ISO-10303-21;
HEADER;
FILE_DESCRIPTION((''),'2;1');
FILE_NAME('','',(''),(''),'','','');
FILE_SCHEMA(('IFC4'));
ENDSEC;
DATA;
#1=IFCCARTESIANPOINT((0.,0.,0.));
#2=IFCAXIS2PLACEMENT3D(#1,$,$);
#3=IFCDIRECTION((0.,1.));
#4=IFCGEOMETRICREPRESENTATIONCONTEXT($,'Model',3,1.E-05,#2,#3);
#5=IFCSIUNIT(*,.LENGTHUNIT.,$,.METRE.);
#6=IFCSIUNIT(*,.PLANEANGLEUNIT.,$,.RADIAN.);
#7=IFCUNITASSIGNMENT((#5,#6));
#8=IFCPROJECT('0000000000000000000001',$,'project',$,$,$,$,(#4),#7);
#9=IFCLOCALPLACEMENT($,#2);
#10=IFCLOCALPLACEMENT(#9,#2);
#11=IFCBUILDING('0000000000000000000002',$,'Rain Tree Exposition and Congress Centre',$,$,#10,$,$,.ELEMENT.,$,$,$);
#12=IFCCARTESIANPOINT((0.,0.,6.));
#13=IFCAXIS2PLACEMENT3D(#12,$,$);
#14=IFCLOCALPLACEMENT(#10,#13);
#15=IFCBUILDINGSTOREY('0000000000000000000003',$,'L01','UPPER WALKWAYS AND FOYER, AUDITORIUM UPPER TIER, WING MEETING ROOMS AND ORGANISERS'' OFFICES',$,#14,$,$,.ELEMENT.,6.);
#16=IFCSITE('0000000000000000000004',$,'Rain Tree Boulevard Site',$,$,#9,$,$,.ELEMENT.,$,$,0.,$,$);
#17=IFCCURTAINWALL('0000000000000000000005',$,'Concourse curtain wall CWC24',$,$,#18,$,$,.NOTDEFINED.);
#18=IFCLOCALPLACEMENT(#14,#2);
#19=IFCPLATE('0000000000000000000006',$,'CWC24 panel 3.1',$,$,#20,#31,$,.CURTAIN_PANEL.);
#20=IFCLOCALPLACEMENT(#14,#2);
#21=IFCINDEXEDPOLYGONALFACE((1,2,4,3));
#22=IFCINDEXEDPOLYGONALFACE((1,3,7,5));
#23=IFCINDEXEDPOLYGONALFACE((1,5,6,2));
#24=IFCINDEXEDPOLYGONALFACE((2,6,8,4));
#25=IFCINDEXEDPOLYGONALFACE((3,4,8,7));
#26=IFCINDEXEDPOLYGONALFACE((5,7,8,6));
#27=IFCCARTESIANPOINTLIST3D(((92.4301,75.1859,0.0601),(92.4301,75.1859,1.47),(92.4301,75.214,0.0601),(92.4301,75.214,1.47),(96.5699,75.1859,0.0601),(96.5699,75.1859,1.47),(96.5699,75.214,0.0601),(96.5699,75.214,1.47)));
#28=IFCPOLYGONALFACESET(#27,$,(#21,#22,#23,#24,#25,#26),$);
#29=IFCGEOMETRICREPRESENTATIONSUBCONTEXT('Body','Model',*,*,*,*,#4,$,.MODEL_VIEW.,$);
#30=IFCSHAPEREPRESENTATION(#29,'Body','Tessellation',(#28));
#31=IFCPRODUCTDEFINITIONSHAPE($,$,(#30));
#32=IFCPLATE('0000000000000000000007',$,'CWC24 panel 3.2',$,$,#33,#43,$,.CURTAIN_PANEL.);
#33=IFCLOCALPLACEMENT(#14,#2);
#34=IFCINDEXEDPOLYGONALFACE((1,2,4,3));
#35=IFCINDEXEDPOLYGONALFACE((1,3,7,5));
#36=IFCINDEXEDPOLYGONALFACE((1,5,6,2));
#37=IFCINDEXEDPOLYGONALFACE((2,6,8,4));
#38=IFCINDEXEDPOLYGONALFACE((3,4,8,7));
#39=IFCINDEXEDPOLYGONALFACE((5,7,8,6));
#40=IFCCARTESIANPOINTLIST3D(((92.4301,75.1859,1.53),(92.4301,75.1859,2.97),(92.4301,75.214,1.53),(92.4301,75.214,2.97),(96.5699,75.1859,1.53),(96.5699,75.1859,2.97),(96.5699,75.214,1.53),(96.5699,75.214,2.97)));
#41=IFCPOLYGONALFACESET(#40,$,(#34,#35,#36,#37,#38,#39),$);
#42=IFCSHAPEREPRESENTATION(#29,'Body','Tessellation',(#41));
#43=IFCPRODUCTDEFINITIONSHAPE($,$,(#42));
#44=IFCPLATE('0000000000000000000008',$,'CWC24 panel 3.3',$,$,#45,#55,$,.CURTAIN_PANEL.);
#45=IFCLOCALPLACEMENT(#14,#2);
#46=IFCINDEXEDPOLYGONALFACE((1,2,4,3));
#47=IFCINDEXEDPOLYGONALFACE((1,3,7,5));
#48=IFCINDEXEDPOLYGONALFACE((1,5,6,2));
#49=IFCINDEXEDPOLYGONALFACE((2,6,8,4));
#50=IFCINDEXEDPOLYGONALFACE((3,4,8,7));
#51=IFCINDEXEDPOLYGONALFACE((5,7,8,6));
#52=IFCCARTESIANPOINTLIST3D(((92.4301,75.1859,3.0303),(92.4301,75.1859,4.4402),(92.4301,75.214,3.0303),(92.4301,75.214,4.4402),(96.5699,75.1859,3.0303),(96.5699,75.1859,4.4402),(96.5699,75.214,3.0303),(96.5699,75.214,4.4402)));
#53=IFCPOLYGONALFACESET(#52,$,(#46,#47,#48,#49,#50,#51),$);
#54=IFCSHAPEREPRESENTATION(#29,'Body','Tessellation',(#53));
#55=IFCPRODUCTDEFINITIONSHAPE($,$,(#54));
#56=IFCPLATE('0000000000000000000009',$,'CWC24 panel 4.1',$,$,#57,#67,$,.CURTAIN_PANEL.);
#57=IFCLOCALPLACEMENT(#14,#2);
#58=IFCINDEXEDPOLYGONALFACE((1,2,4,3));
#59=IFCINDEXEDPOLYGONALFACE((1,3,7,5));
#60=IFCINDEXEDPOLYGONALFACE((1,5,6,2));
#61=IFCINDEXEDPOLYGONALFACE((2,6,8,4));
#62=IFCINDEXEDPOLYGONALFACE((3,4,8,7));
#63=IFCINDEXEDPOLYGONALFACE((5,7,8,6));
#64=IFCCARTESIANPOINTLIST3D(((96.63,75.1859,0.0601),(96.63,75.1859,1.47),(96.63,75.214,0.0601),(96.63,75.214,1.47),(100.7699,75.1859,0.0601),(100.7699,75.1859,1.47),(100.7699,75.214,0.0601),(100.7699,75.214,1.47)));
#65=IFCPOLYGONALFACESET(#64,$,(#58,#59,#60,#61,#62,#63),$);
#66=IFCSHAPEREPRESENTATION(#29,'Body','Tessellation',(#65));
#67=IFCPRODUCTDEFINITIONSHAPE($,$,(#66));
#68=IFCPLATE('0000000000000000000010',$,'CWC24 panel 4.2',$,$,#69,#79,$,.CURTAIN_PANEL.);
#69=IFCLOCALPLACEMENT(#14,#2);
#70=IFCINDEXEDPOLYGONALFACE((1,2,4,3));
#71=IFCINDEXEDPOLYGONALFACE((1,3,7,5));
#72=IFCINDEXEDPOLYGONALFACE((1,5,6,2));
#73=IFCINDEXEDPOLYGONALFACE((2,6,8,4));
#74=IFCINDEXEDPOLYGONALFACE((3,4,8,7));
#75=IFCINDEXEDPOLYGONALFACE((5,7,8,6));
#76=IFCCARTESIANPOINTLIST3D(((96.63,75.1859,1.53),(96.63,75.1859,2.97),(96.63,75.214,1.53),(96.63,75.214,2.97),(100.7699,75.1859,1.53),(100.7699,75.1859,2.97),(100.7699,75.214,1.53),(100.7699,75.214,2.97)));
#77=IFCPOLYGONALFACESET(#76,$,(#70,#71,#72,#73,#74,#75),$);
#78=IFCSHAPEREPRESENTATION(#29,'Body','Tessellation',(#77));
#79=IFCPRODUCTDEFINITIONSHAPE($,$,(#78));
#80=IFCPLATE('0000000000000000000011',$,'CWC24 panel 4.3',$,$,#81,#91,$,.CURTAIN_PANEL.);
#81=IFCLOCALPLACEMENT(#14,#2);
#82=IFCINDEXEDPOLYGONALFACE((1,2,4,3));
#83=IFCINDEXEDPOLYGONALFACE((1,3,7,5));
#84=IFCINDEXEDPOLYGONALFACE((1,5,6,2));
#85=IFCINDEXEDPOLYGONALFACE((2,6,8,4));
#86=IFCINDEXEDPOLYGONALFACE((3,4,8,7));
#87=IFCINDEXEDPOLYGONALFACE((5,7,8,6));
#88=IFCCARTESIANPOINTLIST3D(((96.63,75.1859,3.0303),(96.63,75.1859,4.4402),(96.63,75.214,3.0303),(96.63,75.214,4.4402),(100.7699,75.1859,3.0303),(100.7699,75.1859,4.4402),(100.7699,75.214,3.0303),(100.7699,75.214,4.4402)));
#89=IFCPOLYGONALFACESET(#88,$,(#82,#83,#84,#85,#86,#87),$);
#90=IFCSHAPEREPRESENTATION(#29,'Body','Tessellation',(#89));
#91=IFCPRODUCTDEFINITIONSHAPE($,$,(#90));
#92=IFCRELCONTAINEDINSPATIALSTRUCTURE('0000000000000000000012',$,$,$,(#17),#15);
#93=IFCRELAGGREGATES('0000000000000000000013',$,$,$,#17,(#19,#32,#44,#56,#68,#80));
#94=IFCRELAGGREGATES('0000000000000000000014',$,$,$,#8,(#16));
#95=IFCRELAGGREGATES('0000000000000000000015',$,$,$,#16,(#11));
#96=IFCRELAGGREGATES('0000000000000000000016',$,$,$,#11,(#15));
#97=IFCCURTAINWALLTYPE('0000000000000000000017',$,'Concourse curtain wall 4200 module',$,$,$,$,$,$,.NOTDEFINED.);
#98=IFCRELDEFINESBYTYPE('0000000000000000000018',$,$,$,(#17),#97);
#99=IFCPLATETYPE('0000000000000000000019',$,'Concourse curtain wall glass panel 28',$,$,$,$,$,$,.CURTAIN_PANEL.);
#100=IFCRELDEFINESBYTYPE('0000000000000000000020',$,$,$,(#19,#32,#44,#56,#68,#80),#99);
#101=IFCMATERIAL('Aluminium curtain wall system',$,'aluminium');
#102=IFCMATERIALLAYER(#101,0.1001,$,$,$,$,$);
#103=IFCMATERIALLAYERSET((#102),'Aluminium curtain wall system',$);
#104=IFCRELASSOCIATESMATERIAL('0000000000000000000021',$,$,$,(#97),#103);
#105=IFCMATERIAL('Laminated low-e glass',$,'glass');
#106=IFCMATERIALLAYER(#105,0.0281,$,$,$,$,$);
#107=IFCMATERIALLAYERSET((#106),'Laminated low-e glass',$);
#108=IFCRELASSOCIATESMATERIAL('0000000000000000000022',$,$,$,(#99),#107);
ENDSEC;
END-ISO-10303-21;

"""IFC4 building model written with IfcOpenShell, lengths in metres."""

from ifc_helpers import new_model, si_unit, direction, frame, origin, origin_2d, place, context, subcontext, project, spatial, rectangle, extrude, material, layer, layer_set, type_object, element, aggregate, save


model = new_model("IFC4")

# Units and contexts
model_context = context("Model", 3, precision=1e-05, world=origin(), true_north=direction((0.0, 1.0)))
body_context = subcontext(model_context, "Body", "Model", "MODEL_VIEW")
ifc_project = project(units=[si_unit("LENGTHUNIT", "METRE"), si_unit("PLANEANGLEUNIT", "RADIAN")], contexts=[model_context])

# Site, building, storey
site_placement = place(None, origin())
site = spatial("IfcSite", under=ifc_project, at=site_placement, Name="Rain Tree Boulevard Site", CompositionType="ELEMENT", RefElevation=0.0)
building_placement = place(site_placement, origin())
building = spatial("IfcBuilding", under=site, at=building_placement, Name="Rain Tree Exposition and Congress Centre", CompositionType="ELEMENT")
storey_placement = place(building_placement, frame((0.0, 0.0, 6.0)))
storey = spatial("IfcBuildingStorey", under=building, at=storey_placement, Name="L01", Description="UPPER WALKWAYS AND FOYER, AUDITORIUM UPPER TIER, WING MEETING ROOMS AND ORGANISERS' OFFICES", CompositionType="ELEMENT", Elevation=6.0)

# Curtain wall
ifc_material_1 = material(Name="Aluminium curtain wall system", Category="aluminium")
ifc_layer_1 = layer(ifc_material_1, 0.1001)
ifc_layer_set_1 = layer_set([ifc_layer_1], Name="Aluminium curtain wall system")
curtain_wall_type = type_object("IfcCurtainWallType", Name="Concourse curtain wall 4200 module", PredefinedType="NOTDEFINED", material=ifc_layer_set_1)
curtain_wall_placement = place(storey_placement, origin())
curtain_wall = element("IfcCurtainWall", 1, at=curtain_wall_placement, inside=storey, type_object=curtain_wall_type, Name="Concourse curtain wall CWC24", PredefinedType="NOTDEFINED")

# Plates
ifc_material_2 = material(Name="Laminated low-e glass", Category="glass")
ifc_layer_2 = layer(ifc_material_2, 0.0281)
ifc_layer_set_2 = layer_set([ifc_layer_2], Name="Laminated low-e glass")
plate_type = type_object("IfcPlateType", Name="Concourse curtain wall glass panel 28", PredefinedType="CURTAIN_PANEL", material=ifc_layer_set_2)
plate_1_placement = place(storey_placement, frame((94.5, 75.2, 0.0601), z_axis=(0.0, 0.0, 1.0), x_axis=(1.0, 0.0, 0.0)))
plate_1 = element("IfcPlate", 2, at=plate_1_placement, type_object=plate_type, Name="CWC24 panel 3.1", PredefinedType="CURTAIN_PANEL", context=body_context, shape_type="SweptSolid", body=[
    extrude(rectangle(XDim=4.1399, YDim=0.0281, at=origin_2d()), origin(), (0.0, 0.0, 1.0), 1.4099),
])
plate_2_placement = place(storey_placement, frame((94.5, 75.2, 1.53), z_axis=(0.0, 0.0, 1.0), x_axis=(1.0, 0.0, 0.0)))
plate_2 = element("IfcPlate", 3, at=plate_2_placement, type_object=plate_type, Name="CWC24 panel 3.2", PredefinedType="CURTAIN_PANEL", context=body_context, shape_type="SweptSolid", body=[
    extrude(rectangle(XDim=4.1399, YDim=0.0281, at=origin_2d()), origin(), (0.0, 0.0, 1.0), 1.4399),
])
plate_3_placement = place(storey_placement, frame((94.5, 75.2, 3.0303), z_axis=(0.0, 0.0, 1.0), x_axis=(1.0, 0.0, 0.0)))
plate_3 = element("IfcPlate", 4, at=plate_3_placement, type_object=plate_type, Name="CWC24 panel 3.3", PredefinedType="CURTAIN_PANEL", context=body_context, shape_type="SweptSolid", body=[
    extrude(rectangle(XDim=4.1399, YDim=0.0281, at=origin_2d()), origin(), (0.0, 0.0, 1.0), 1.4099),
])
plate_4_placement = place(storey_placement, frame((98.7, 75.2, 0.0601), z_axis=(0.0, 0.0, 1.0), x_axis=(1.0, 0.0, 0.0)))
plate_4 = element("IfcPlate", 5, at=plate_4_placement, type_object=plate_type, Name="CWC24 panel 4.1", PredefinedType="CURTAIN_PANEL", context=body_context, shape_type="SweptSolid", body=[
    extrude(rectangle(XDim=4.1399, YDim=0.0281, at=origin_2d()), origin(), (0.0, 0.0, 1.0), 1.4099),
])
plate_5_placement = place(storey_placement, frame((98.7, 75.2, 1.53), z_axis=(0.0, 0.0, 1.0), x_axis=(1.0, 0.0, 0.0)))
plate_5 = element("IfcPlate", 6, at=plate_5_placement, type_object=plate_type, Name="CWC24 panel 4.2", PredefinedType="CURTAIN_PANEL", context=body_context, shape_type="SweptSolid", body=[
    extrude(rectangle(XDim=4.1399, YDim=0.0281, at=origin_2d()), origin(), (0.0, 0.0, 1.0), 1.4399),
])
plate_6_placement = place(storey_placement, frame((98.7, 75.2, 3.0303), z_axis=(0.0, 0.0, 1.0), x_axis=(1.0, 0.0, 0.0)))
plate_6 = element("IfcPlate", 7, at=plate_6_placement, type_object=plate_type, Name="CWC24 panel 4.3", PredefinedType="CURTAIN_PANEL", context=body_context, shape_type="SweptSolid", body=[
    extrude(rectangle(XDim=4.1399, YDim=0.0281, at=origin_2d()), origin(), (0.0, 0.0, 1.0), 1.4099),
])
aggregate(curtain_wall, [plate_1, plate_2, plate_3, plate_4, plate_5, plate_6])

save(model, "model.ifc")
